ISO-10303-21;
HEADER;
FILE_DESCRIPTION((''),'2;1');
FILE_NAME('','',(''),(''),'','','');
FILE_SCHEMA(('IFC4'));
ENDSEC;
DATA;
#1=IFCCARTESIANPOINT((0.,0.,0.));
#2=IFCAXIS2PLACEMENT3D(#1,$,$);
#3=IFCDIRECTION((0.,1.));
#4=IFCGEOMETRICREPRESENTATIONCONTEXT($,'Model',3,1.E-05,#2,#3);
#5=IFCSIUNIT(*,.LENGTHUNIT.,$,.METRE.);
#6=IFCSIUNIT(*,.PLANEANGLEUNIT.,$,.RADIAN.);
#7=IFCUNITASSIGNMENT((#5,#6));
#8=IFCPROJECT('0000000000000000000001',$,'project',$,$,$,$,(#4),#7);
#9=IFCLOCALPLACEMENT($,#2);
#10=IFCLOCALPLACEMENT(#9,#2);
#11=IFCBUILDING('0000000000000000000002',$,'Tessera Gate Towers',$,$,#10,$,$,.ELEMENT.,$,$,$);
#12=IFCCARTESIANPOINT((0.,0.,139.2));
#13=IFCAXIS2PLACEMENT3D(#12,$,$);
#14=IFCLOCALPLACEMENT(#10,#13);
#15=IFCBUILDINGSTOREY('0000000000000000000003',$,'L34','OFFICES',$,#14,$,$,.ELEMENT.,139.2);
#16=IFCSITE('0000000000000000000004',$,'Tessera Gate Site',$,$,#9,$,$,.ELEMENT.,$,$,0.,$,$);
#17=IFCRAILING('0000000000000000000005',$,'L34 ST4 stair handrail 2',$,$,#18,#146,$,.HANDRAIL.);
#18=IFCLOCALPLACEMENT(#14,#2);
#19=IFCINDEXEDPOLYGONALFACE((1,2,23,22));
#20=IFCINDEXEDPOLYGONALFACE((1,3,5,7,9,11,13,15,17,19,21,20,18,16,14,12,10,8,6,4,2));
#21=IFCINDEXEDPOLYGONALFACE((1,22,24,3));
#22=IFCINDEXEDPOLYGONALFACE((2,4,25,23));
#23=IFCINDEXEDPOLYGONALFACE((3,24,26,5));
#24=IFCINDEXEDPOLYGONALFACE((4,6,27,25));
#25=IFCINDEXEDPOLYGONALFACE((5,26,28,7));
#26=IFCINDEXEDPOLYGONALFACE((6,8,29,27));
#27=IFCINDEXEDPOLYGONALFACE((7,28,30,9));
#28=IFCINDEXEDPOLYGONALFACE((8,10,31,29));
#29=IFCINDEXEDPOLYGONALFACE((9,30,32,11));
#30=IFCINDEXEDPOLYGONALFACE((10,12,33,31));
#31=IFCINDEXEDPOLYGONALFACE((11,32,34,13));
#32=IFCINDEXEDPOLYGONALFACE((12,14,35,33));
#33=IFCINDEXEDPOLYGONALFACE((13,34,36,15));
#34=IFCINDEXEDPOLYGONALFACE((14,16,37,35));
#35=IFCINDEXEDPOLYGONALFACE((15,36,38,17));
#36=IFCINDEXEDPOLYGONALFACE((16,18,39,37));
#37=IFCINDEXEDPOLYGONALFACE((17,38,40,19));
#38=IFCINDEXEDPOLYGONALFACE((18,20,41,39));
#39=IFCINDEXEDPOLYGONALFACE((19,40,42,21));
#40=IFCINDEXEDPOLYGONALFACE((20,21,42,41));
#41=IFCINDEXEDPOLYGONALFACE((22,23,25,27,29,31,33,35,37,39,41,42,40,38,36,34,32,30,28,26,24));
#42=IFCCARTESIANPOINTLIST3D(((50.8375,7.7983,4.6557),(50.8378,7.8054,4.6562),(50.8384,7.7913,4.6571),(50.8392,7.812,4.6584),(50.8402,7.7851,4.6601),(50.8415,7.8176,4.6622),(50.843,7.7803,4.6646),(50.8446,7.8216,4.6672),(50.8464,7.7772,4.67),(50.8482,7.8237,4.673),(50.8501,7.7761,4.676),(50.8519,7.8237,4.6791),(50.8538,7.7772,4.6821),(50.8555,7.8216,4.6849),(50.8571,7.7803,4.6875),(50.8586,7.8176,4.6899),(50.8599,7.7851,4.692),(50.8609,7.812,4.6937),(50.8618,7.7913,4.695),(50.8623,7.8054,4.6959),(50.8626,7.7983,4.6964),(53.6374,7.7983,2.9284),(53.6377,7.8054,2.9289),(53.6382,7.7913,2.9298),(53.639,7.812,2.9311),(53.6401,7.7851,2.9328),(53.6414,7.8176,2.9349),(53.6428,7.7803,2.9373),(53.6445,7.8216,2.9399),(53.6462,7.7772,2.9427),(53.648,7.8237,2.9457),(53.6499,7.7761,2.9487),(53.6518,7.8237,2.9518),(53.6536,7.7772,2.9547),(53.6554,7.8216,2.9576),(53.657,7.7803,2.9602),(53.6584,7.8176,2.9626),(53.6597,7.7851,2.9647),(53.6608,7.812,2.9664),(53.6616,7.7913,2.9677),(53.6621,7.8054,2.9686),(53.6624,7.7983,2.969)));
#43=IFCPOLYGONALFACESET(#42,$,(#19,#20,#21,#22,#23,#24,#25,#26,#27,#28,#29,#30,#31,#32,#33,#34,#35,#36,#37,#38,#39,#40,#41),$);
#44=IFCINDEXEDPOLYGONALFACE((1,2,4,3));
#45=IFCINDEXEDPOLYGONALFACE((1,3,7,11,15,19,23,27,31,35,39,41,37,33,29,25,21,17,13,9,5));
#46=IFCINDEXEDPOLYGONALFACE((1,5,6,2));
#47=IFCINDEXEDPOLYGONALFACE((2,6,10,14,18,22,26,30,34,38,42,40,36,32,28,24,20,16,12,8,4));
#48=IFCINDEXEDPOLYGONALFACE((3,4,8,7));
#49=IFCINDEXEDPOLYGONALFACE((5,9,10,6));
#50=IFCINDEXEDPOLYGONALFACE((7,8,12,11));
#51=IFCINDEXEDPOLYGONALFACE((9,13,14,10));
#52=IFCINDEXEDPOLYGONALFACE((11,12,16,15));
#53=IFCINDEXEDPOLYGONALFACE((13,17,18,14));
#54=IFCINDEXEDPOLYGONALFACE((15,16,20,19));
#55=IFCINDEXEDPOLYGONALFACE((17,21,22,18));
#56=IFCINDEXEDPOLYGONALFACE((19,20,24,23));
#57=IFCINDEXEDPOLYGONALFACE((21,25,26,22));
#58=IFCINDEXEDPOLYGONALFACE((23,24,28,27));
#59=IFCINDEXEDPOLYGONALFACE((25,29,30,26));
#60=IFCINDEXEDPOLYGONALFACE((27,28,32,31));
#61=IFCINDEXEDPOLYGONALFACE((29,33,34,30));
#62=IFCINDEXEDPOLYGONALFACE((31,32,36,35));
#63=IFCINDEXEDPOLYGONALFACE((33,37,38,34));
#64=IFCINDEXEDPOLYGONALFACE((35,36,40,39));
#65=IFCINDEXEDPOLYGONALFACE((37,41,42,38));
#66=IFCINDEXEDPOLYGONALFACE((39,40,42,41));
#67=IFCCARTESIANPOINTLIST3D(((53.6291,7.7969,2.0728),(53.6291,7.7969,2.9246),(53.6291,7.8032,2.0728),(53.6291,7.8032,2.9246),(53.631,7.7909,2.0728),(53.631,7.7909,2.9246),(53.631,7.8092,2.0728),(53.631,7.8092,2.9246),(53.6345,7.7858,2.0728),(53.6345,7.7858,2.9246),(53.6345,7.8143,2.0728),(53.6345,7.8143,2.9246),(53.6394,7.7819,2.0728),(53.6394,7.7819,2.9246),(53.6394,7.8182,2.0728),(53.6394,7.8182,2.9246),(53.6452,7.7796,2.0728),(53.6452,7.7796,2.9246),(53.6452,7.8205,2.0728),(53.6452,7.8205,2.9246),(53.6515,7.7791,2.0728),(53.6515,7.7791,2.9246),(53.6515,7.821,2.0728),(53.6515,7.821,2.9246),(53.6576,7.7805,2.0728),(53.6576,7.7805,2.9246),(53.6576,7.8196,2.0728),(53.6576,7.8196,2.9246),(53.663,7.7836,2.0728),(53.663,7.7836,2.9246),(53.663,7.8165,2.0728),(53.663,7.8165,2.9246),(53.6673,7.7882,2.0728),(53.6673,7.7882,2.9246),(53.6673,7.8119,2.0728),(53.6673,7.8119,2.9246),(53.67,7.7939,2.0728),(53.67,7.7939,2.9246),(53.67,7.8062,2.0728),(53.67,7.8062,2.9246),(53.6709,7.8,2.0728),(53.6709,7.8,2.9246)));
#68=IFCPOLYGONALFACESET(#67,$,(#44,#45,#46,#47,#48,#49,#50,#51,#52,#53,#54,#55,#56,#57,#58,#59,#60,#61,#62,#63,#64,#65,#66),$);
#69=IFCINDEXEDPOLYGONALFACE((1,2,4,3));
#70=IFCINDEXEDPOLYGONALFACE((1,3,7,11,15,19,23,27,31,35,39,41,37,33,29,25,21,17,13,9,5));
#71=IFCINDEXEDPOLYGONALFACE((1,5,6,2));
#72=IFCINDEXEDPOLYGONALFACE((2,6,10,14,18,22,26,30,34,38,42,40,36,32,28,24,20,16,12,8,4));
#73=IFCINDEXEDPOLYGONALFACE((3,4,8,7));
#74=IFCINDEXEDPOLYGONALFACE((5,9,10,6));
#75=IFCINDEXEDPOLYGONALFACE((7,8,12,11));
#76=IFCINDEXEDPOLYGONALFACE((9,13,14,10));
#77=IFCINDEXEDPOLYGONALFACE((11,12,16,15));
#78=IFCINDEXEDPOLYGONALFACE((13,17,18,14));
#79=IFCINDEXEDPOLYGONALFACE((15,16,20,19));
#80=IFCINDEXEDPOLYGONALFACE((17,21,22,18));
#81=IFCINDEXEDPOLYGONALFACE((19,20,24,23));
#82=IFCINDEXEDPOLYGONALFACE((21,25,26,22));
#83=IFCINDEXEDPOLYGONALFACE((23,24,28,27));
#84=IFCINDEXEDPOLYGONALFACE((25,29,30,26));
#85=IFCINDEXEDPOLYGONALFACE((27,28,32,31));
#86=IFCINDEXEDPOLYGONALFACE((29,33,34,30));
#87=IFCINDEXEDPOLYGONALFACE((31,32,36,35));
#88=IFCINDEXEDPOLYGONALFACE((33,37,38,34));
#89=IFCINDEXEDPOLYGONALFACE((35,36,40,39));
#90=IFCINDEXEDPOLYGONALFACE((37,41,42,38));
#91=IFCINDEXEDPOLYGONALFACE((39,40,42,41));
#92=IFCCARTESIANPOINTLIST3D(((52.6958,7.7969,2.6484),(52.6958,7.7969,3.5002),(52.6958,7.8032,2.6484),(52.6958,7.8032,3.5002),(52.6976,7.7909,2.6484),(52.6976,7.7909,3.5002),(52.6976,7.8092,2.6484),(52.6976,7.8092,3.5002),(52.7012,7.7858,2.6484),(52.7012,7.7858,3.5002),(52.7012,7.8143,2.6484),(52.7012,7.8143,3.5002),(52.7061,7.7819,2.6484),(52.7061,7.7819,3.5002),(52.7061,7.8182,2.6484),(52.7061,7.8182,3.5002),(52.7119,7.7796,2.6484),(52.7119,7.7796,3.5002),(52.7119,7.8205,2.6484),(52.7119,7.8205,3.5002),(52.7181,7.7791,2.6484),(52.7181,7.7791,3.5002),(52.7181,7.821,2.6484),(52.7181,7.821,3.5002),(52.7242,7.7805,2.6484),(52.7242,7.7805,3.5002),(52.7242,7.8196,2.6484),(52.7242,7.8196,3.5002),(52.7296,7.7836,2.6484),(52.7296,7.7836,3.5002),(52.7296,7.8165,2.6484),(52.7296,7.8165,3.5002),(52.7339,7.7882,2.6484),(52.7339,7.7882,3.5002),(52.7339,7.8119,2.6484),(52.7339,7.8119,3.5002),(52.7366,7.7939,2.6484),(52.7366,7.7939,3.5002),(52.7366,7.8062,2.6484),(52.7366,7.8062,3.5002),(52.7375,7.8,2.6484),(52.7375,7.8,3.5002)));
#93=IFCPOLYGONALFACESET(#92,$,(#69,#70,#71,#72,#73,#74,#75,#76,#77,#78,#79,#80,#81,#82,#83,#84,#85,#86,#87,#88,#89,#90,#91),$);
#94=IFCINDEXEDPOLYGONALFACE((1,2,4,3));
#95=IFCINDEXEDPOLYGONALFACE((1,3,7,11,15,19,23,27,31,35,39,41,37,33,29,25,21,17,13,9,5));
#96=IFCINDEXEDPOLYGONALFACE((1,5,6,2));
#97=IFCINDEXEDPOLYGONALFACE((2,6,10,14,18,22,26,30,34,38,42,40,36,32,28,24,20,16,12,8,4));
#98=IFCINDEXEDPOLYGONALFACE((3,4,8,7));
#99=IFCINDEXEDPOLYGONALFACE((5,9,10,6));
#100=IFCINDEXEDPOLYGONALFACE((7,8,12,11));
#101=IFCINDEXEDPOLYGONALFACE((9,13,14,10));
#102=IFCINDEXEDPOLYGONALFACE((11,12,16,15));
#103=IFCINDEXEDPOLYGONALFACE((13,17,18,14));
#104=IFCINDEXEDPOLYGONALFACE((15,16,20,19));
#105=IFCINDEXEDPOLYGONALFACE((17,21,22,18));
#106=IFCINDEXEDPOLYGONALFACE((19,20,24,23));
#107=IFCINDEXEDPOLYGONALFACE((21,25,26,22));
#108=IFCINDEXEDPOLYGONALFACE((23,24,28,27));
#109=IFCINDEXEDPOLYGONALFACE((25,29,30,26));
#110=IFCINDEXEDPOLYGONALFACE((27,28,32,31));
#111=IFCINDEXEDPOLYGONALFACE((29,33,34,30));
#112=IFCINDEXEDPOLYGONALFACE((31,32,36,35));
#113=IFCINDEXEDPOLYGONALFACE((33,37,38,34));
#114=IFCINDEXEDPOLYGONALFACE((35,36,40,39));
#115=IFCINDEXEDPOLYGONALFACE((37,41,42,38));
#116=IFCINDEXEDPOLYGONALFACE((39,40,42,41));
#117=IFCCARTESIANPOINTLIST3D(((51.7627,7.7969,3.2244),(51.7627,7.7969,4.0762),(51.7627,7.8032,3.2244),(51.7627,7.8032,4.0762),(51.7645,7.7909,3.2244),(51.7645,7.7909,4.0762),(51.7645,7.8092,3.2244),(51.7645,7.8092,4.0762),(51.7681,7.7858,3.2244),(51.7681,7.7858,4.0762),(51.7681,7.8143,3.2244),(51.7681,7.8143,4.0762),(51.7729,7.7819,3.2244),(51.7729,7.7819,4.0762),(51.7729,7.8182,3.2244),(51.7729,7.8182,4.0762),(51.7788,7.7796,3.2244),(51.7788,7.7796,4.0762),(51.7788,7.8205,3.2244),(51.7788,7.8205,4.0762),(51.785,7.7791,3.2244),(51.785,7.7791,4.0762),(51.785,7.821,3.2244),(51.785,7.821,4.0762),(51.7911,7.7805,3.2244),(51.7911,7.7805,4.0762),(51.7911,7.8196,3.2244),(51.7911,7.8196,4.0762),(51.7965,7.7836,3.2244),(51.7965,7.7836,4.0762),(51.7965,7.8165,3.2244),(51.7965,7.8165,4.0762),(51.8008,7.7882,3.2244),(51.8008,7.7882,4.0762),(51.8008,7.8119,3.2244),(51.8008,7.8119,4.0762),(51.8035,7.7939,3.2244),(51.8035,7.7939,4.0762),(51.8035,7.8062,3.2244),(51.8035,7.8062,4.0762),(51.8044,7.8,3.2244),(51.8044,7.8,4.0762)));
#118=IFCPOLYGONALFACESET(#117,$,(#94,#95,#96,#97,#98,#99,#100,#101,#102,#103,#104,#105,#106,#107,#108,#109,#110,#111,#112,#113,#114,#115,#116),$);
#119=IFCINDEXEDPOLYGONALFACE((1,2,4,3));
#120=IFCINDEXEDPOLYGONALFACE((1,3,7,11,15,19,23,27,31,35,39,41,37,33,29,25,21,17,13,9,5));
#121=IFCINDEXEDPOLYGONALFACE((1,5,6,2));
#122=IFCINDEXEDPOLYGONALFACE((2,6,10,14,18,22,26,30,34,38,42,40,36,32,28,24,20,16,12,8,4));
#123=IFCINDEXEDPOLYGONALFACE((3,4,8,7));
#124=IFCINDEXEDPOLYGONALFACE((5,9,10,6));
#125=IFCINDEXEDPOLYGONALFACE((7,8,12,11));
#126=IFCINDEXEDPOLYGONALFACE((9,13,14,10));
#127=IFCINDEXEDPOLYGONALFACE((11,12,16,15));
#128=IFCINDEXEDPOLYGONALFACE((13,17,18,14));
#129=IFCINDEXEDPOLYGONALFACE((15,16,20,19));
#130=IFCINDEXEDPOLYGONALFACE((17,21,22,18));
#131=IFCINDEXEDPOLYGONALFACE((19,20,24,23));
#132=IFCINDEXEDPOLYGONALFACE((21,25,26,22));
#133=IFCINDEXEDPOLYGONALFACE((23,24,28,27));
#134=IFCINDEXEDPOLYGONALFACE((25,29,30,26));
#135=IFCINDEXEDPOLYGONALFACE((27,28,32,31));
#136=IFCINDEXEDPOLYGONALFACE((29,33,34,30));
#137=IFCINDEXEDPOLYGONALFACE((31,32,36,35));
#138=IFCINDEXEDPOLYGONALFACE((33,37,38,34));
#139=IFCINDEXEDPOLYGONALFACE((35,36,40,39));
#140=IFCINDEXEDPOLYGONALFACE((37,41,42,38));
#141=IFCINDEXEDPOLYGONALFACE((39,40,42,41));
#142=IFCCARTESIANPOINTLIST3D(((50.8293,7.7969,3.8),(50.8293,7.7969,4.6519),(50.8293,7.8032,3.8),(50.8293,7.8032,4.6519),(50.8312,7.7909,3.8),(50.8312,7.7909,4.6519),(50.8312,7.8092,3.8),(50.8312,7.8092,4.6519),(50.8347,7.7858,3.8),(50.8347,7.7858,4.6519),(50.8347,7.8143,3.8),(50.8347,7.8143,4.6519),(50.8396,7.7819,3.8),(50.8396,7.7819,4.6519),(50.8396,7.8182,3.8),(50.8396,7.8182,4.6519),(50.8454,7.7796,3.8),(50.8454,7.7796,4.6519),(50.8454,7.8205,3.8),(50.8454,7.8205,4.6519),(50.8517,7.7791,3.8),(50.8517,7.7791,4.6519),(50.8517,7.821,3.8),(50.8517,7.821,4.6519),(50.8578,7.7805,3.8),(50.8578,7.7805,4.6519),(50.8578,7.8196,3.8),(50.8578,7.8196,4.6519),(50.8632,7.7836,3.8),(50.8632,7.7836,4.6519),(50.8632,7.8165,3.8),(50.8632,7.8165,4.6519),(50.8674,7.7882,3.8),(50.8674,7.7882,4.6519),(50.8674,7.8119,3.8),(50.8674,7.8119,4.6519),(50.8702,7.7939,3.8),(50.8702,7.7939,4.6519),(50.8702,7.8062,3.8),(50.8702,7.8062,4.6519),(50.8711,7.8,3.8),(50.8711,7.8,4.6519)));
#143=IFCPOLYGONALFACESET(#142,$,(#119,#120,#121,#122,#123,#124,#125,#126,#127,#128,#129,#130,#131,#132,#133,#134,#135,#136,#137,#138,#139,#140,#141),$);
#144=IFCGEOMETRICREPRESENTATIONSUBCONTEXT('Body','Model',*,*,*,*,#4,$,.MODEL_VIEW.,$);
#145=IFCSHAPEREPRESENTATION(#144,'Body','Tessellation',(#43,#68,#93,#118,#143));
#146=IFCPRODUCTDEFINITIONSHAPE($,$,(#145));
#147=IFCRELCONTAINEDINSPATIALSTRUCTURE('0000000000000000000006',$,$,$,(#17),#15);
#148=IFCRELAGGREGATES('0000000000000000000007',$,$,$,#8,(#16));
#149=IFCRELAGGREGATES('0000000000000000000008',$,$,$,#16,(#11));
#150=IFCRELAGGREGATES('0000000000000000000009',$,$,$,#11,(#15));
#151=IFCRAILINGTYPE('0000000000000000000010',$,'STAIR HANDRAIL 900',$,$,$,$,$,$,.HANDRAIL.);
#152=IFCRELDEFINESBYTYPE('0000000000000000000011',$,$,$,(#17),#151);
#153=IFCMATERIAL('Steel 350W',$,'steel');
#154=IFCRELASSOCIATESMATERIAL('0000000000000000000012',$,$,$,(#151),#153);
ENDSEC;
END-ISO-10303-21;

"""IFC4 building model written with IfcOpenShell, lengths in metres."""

from ifc_helpers import new_model, si_unit, direction, frame, origin, origin_2d, place, context, subcontext, project, spatial, circle, extrude, material, type_object, element, save


model = new_model("IFC4")

# Units and contexts
model_context = context("Model", 3, precision=1e-05, world=origin(), true_north=direction((0.0, 1.0)))
body_context = subcontext(model_context, "Body", "Model", "MODEL_VIEW")
ifc_project = project(units=[si_unit("LENGTHUNIT", "METRE"), si_unit("PLANEANGLEUNIT", "RADIAN")], contexts=[model_context])

# Site, building, storey
site_placement = place(None, origin())
site = spatial("IfcSite", under=ifc_project, at=site_placement, Name="Tessera Gate Site", CompositionType="ELEMENT", RefElevation=0.0)
building_placement = place(site_placement, origin())
building = spatial("IfcBuilding", under=site, at=building_placement, Name="Tessera Gate Towers", CompositionType="ELEMENT")
storey_placement = place(building_placement, frame((0.0, 0.0, 139.2)))
storey = spatial("IfcBuildingStorey", under=building, at=storey_placement, Name="L34", Description="OFFICES", CompositionType="ELEMENT", Elevation=139.2)

# Railing
ifc_material_1 = material(Name="Steel 350W", Category="steel")
railing_type_1 = type_object("IfcRailingType", Name="STAIR HANDRAIL 900", PredefinedType="HANDRAIL", material=ifc_material_1)
railing_1_placement = place(storey_placement, frame((53.6499, 7.8, 2.0728)))
element("IfcRailing", 1, at=railing_1_placement, inside=storey, type_object=railing_type_1, Name="L34 ST4 stair handrail 2", PredefinedType="HANDRAIL", context=body_context, shape_type="SweptSolid", body=[
    extrude(circle(Radius=0.0239, at=origin_2d()), frame((0.0, 0.0, 0.876), z_axis=(-0.851069, 0.0, 0.525054), x_axis=(0.0, -1.0, 0.0)), (0.0, 0.0, 1.0), 3.2898),
    extrude(circle(Radius=0.021, at=origin_2d()), origin(), (0.0, 0.0, 1.0), 0.8518),
    extrude(circle(Radius=0.021, at=origin_2d()), frame((-0.9333, 0.0, 0.5757)), (0.0, 0.0, 1.0), 0.8518),
    extrude(circle(Radius=0.021, at=origin_2d()), frame((-1.8665, 0.0, 1.1516)), (0.0, 0.0, 1.0), 0.8518),
    extrude(circle(Radius=0.021, at=origin_2d()), frame((-2.7998, 0.0, 1.7273)), (0.0, 0.0, 1.0), 0.8518),
])

save(model, "model.ifc")
